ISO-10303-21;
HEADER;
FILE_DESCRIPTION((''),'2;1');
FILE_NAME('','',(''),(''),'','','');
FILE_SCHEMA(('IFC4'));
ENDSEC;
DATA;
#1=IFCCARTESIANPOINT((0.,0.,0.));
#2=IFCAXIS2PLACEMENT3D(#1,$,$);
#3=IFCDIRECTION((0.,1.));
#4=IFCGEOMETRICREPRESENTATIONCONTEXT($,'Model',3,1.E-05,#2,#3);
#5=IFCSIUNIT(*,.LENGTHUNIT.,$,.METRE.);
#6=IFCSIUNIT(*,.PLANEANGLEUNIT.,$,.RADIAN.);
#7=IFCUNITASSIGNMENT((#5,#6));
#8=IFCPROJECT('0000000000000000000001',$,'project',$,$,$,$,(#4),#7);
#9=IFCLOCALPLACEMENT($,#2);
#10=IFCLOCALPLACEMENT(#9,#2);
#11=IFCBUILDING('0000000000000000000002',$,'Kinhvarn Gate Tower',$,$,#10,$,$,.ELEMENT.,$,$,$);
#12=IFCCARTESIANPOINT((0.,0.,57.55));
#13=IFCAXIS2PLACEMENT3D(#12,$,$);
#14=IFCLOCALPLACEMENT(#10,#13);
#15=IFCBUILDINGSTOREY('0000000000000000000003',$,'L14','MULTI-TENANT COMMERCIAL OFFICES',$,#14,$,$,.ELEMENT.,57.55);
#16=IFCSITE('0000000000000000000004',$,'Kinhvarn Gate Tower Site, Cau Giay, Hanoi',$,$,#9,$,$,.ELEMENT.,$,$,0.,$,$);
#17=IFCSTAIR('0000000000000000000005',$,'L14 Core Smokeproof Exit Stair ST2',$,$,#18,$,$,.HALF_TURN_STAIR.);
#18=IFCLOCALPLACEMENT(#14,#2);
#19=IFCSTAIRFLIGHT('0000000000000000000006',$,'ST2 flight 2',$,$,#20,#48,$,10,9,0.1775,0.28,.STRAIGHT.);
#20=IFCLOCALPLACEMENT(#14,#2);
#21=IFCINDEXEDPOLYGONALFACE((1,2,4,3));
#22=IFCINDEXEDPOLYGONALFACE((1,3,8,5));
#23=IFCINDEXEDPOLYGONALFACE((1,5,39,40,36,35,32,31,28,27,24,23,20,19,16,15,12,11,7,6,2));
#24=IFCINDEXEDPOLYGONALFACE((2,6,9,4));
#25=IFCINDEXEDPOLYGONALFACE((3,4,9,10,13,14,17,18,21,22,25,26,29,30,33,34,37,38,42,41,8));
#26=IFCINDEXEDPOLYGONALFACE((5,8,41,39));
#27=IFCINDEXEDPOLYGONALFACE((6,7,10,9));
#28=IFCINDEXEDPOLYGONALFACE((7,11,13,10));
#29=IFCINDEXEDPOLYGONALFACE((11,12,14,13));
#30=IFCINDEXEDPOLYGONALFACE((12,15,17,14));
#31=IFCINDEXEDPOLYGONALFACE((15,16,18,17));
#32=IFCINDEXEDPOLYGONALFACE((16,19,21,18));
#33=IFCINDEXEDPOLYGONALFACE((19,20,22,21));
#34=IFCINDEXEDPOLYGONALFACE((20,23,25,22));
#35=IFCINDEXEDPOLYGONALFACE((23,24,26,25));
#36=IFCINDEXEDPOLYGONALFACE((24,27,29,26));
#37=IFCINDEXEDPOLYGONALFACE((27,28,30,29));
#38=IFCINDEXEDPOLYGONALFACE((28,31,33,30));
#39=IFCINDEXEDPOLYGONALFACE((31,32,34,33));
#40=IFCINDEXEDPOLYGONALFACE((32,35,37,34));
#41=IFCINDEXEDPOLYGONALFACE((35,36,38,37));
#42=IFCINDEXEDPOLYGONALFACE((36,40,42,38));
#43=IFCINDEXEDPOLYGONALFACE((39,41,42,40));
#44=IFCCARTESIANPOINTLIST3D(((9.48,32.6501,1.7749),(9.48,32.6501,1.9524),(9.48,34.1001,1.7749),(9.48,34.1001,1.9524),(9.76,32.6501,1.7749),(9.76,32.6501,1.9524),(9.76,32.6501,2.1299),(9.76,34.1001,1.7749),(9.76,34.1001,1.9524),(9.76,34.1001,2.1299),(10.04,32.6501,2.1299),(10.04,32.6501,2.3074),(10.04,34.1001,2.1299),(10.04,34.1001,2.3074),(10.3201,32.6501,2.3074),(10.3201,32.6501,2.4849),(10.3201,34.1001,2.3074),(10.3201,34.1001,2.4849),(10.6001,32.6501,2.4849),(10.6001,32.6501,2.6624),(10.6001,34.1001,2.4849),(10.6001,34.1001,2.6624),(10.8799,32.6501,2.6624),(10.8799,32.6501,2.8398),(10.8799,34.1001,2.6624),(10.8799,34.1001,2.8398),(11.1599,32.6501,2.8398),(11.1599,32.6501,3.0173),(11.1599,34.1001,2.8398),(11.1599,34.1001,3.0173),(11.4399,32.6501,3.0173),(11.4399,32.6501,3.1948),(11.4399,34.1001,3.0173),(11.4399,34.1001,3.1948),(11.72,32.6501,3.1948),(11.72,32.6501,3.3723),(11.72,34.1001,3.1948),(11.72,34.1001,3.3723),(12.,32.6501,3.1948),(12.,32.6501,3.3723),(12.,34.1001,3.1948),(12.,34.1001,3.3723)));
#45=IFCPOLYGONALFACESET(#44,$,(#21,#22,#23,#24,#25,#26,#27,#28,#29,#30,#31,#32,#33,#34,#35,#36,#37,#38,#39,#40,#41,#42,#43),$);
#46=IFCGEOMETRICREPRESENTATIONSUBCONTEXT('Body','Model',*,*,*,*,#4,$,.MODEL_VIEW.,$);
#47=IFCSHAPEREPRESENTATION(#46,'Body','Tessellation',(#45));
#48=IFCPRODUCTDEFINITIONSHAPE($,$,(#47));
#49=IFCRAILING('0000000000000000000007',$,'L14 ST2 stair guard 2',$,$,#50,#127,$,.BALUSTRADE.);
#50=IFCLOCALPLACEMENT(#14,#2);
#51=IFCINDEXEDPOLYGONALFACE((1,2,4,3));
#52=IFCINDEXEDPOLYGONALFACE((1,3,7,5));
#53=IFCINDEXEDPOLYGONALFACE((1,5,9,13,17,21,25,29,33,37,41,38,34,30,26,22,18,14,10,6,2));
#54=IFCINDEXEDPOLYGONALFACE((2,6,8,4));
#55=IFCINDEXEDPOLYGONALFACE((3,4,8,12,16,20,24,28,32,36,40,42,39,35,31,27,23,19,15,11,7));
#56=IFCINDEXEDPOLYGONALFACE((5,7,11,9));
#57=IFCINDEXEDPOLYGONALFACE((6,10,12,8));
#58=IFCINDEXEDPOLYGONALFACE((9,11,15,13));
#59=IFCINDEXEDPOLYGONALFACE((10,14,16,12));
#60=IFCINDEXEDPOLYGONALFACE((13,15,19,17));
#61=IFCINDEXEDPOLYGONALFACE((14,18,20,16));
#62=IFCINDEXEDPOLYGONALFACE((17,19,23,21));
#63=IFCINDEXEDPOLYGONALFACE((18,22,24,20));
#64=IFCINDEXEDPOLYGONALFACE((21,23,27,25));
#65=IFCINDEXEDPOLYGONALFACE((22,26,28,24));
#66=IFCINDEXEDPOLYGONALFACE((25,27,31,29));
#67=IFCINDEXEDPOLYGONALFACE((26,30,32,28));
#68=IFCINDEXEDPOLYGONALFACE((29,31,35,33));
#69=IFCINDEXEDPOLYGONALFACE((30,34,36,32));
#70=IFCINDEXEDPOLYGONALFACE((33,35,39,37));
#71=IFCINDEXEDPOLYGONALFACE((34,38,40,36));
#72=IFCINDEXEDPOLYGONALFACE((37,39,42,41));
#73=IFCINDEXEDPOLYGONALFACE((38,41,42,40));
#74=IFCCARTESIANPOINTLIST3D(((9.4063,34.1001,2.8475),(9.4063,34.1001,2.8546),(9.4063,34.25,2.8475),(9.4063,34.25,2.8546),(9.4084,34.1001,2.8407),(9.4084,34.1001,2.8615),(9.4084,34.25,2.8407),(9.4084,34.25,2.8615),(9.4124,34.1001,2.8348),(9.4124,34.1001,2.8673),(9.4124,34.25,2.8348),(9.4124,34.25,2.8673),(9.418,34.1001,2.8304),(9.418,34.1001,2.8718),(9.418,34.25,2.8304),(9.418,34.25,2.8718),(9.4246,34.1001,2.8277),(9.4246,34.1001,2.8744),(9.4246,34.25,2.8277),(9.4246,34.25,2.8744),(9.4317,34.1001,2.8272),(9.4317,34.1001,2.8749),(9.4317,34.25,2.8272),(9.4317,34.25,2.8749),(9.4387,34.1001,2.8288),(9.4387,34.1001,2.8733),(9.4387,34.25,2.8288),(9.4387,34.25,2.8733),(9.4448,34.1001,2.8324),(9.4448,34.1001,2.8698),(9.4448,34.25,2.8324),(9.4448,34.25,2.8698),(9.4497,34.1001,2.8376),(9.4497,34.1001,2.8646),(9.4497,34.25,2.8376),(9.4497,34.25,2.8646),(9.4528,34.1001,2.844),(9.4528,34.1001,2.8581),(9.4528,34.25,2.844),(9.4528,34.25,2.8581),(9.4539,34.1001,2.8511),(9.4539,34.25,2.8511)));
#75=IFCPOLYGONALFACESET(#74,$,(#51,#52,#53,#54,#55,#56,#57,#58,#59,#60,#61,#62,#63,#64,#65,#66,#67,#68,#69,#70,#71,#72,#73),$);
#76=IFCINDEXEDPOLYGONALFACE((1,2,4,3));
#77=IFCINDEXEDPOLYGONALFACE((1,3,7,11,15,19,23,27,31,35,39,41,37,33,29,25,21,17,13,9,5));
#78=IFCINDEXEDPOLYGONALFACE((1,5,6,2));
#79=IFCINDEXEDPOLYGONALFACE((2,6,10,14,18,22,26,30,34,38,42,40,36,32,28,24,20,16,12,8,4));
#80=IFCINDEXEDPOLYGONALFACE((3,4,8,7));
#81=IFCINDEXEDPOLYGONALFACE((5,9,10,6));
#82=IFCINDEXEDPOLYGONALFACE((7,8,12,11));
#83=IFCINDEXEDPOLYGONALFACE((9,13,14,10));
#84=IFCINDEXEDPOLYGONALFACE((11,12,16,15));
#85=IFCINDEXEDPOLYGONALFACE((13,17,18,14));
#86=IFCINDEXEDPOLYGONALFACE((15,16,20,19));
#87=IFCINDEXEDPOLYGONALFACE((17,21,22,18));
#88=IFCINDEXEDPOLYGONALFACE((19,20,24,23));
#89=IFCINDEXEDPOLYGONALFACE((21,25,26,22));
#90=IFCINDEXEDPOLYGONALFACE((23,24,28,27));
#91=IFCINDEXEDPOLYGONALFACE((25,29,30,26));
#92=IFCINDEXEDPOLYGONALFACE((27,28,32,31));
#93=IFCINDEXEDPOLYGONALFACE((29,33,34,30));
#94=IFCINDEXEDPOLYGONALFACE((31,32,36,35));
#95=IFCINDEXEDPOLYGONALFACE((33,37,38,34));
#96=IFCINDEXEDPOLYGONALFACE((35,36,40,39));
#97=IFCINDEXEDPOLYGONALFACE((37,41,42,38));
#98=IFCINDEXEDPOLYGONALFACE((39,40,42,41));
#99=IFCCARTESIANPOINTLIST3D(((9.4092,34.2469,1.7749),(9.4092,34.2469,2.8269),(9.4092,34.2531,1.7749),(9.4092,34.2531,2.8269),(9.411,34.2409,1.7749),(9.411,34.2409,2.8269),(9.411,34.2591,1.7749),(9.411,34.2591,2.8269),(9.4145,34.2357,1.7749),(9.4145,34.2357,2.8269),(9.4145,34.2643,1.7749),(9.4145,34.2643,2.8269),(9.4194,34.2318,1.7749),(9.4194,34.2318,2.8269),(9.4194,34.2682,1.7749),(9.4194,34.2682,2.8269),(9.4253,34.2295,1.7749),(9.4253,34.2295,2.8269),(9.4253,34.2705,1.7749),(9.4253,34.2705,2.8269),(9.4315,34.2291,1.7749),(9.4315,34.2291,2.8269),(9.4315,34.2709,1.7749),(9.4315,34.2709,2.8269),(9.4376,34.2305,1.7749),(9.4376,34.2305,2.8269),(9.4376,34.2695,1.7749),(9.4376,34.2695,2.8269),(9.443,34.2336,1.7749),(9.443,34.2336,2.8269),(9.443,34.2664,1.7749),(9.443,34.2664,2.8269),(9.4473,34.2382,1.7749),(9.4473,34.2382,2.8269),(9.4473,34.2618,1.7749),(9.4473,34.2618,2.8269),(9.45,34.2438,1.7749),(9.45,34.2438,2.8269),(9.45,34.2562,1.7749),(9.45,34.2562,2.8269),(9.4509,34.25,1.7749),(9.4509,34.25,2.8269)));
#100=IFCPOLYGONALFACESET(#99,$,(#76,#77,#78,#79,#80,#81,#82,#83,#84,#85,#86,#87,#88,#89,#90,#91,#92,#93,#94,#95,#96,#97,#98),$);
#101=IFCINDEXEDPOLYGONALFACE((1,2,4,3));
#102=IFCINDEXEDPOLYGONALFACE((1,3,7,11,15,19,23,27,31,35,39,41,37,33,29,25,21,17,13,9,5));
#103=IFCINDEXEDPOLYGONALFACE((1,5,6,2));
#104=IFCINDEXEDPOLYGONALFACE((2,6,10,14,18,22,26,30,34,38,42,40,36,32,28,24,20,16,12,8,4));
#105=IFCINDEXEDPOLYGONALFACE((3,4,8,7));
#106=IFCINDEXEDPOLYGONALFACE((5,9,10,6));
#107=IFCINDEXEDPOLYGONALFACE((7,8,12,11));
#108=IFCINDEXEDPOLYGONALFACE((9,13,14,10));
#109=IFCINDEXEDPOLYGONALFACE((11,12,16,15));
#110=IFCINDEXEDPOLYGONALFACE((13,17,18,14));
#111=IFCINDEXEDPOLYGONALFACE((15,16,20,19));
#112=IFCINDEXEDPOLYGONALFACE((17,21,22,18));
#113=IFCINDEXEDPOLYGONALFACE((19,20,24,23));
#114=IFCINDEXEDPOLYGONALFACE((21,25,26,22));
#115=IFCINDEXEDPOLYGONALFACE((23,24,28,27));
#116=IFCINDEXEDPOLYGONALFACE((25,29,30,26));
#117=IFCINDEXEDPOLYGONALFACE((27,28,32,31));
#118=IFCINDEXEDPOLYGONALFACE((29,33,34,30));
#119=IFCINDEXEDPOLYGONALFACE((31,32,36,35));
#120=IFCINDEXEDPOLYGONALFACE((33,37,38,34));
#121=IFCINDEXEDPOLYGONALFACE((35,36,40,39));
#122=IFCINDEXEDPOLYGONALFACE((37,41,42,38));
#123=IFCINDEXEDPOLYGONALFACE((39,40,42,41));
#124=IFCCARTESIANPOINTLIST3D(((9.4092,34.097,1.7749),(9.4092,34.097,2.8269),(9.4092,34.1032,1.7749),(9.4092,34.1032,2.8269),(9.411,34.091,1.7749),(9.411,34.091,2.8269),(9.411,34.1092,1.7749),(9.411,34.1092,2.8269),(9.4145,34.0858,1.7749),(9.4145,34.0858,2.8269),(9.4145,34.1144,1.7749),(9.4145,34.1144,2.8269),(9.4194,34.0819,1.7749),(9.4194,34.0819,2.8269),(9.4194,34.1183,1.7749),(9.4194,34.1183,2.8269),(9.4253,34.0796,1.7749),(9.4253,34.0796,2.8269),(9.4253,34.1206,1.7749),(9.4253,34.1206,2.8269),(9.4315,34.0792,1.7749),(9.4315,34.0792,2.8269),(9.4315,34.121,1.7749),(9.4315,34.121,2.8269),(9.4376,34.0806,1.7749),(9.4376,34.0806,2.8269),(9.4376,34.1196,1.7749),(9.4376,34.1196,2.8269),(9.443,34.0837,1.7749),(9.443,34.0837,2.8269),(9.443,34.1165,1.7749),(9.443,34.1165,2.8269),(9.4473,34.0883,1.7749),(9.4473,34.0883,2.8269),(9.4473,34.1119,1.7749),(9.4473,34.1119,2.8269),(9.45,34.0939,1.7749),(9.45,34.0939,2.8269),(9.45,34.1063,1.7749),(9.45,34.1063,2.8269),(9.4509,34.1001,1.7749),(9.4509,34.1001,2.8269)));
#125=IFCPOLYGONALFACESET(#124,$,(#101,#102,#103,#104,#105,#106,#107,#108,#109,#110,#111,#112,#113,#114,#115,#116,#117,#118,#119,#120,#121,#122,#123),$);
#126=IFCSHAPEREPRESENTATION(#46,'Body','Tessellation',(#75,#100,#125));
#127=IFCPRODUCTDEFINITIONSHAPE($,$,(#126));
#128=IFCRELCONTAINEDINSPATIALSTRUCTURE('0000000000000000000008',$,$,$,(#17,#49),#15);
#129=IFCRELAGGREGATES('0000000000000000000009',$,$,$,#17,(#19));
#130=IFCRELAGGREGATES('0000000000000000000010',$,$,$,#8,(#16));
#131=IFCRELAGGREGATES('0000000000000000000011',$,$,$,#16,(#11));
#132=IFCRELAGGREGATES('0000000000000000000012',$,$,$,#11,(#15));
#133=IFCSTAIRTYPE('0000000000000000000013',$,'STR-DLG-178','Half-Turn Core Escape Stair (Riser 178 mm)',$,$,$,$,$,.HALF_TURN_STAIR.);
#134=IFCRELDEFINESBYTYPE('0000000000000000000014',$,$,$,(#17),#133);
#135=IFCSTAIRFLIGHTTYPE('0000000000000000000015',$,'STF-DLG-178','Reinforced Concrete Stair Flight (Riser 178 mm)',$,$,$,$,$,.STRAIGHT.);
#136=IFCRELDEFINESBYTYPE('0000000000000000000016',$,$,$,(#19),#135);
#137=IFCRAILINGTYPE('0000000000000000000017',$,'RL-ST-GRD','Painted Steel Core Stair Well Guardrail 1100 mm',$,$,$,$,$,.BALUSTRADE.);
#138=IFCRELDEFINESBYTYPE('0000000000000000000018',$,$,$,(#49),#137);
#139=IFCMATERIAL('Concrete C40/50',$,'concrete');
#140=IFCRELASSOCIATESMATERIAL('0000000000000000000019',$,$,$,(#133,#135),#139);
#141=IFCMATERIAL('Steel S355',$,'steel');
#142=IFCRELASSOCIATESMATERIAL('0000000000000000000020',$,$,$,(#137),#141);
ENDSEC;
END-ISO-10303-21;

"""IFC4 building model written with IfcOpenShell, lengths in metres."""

from ifc_helpers import new_model, si_unit, direction, frame, origin, origin_2d, place, context, subcontext, project, spatial, polyline, circle, outline, extrude, material, type_object, element, aggregate, save


model = new_model("IFC4")

# Units and contexts
model_context = context("Model", 3, precision=1e-05, world=origin(), true_north=direction((0.0, 1.0)))
body_context = subcontext(model_context, "Body", "Model", "MODEL_VIEW")
ifc_project = project(units=[si_unit("LENGTHUNIT", "METRE"), si_unit("PLANEANGLEUNIT", "RADIAN")], contexts=[model_context])

# Site, building, storey
site_placement = place(None, origin())
site = spatial("IfcSite", under=ifc_project, at=site_placement, Name="Kinhvarn Gate Tower Site, Cau Giay, Hanoi", CompositionType="ELEMENT", RefElevation=0.0)
building_placement = place(site_placement, origin())
building = spatial("IfcBuilding", under=site, at=building_placement, Name="Kinhvarn Gate Tower", CompositionType="ELEMENT")
storey_placement = place(building_placement, frame((0.0, 0.0, 57.55)))
storey = spatial("IfcBuildingStorey", under=building, at=storey_placement, Name="L14", Description="MULTI-TENANT COMMERCIAL OFFICES", CompositionType="ELEMENT", Elevation=57.55)

# Shared definitions
ifc_material_1 = material(Name="Steel S355", Category="steel")

# Shared definitions
ifc_material_2 = material(Name="Concrete C40/50", Category="concrete")

# Stair, stair flight
stair_type = type_object("IfcStairType", Name="STR-DLG-178", Description="Half-Turn Core Escape Stair (Riser 178 mm)", PredefinedType="HALF_TURN_STAIR", material=ifc_material_2)
stair_placement = place(storey_placement, origin())
stair = element("IfcStair", 1, at=stair_placement, inside=storey, type_object=stair_type, Name="L14 Core Smokeproof Exit Stair ST2", PredefinedType="HALF_TURN_STAIR")
stair_flight_type = type_object("IfcStairFlightType", Name="STF-DLG-178", Description="Reinforced Concrete Stair Flight (Riser 178 mm)", PredefinedType="STRAIGHT", material=ifc_material_2)
stair_flight_placement = place(storey_placement, frame((9.48, 33.375, 1.7749), z_axis=(0.0, 0.0, 1.0), x_axis=(1.0, 0.0, 0.0)))
stair_flight = element("IfcStairFlight", 2, at=stair_flight_placement, type_object=stair_flight_type, Name="ST2 flight 2", NumberOfRisers=10, NumberOfTreads=9, PredefinedType="STRAIGHT", RiserHeight=0.1775, TreadLength=0.28, context=body_context, shape_type="SweptSolid", body=[
    extrude(outline(polyline([(0.0, 0.0), (0.0, 0.1775), (0.28, 0.1775), (0.28, 0.355), (0.5601, 0.355), (0.5601, 0.5325), (0.8401, 0.5325), (0.8401, 0.71), (1.1201, 0.71), (1.1201, 0.8875), (1.3999, 0.8875), (1.3999, 1.0649), (1.6799, 1.0649), (1.6799, 1.2424), (1.96, 1.2424), (1.96, 1.4199), (2.24, 1.4199), (2.24, 1.5974), (2.52, 1.5974), (2.52, 1.7749), (2.52, 1.4199), (0.28, 0.0), (0.0, 0.0)])), frame((0.0, 0.7251, 0.0), z_axis=(0.0, -1.0, 0.0), x_axis=(1.0, 0.0, 0.0)), (0.0, 0.0, 1.0), 1.45),
])
aggregate(stair, [stair_flight])

# Railing
railing_type_1 = type_object("IfcRailingType", Name="RL-ST-GRD", Description="Painted Steel Core Stair Well Guardrail 1100 mm", PredefinedType="BALUSTRADE", material=ifc_material_1)
railing_1_placement = place(storey_placement, frame((9.4299, 34.25, 1.7749)))
element("IfcRailing", 3, at=railing_1_placement, inside=storey, type_object=railing_type_1, Name="L14 ST2 stair guard 2", PredefinedType="BALUSTRADE", context=body_context, shape_type="SweptSolid", body=[
    extrude(circle(Radius=0.0239, at=origin_2d()), frame((0.0, 0.0, 1.0762), z_axis=(0.0, -1.0, 0.0), x_axis=(1.0, 0.0, 0.0)), (0.0, 0.0, 1.0), 0.1499),
    extrude(circle(Radius=0.021, at=origin_2d()), origin(), (0.0, 0.0, 1.0), 1.052),
    extrude(circle(Radius=0.021, at=origin_2d()), frame((0.0, -0.1499, 0.0)), (0.0, 0.0, 1.0), 1.052),
])

save(model, "model.ifc")
